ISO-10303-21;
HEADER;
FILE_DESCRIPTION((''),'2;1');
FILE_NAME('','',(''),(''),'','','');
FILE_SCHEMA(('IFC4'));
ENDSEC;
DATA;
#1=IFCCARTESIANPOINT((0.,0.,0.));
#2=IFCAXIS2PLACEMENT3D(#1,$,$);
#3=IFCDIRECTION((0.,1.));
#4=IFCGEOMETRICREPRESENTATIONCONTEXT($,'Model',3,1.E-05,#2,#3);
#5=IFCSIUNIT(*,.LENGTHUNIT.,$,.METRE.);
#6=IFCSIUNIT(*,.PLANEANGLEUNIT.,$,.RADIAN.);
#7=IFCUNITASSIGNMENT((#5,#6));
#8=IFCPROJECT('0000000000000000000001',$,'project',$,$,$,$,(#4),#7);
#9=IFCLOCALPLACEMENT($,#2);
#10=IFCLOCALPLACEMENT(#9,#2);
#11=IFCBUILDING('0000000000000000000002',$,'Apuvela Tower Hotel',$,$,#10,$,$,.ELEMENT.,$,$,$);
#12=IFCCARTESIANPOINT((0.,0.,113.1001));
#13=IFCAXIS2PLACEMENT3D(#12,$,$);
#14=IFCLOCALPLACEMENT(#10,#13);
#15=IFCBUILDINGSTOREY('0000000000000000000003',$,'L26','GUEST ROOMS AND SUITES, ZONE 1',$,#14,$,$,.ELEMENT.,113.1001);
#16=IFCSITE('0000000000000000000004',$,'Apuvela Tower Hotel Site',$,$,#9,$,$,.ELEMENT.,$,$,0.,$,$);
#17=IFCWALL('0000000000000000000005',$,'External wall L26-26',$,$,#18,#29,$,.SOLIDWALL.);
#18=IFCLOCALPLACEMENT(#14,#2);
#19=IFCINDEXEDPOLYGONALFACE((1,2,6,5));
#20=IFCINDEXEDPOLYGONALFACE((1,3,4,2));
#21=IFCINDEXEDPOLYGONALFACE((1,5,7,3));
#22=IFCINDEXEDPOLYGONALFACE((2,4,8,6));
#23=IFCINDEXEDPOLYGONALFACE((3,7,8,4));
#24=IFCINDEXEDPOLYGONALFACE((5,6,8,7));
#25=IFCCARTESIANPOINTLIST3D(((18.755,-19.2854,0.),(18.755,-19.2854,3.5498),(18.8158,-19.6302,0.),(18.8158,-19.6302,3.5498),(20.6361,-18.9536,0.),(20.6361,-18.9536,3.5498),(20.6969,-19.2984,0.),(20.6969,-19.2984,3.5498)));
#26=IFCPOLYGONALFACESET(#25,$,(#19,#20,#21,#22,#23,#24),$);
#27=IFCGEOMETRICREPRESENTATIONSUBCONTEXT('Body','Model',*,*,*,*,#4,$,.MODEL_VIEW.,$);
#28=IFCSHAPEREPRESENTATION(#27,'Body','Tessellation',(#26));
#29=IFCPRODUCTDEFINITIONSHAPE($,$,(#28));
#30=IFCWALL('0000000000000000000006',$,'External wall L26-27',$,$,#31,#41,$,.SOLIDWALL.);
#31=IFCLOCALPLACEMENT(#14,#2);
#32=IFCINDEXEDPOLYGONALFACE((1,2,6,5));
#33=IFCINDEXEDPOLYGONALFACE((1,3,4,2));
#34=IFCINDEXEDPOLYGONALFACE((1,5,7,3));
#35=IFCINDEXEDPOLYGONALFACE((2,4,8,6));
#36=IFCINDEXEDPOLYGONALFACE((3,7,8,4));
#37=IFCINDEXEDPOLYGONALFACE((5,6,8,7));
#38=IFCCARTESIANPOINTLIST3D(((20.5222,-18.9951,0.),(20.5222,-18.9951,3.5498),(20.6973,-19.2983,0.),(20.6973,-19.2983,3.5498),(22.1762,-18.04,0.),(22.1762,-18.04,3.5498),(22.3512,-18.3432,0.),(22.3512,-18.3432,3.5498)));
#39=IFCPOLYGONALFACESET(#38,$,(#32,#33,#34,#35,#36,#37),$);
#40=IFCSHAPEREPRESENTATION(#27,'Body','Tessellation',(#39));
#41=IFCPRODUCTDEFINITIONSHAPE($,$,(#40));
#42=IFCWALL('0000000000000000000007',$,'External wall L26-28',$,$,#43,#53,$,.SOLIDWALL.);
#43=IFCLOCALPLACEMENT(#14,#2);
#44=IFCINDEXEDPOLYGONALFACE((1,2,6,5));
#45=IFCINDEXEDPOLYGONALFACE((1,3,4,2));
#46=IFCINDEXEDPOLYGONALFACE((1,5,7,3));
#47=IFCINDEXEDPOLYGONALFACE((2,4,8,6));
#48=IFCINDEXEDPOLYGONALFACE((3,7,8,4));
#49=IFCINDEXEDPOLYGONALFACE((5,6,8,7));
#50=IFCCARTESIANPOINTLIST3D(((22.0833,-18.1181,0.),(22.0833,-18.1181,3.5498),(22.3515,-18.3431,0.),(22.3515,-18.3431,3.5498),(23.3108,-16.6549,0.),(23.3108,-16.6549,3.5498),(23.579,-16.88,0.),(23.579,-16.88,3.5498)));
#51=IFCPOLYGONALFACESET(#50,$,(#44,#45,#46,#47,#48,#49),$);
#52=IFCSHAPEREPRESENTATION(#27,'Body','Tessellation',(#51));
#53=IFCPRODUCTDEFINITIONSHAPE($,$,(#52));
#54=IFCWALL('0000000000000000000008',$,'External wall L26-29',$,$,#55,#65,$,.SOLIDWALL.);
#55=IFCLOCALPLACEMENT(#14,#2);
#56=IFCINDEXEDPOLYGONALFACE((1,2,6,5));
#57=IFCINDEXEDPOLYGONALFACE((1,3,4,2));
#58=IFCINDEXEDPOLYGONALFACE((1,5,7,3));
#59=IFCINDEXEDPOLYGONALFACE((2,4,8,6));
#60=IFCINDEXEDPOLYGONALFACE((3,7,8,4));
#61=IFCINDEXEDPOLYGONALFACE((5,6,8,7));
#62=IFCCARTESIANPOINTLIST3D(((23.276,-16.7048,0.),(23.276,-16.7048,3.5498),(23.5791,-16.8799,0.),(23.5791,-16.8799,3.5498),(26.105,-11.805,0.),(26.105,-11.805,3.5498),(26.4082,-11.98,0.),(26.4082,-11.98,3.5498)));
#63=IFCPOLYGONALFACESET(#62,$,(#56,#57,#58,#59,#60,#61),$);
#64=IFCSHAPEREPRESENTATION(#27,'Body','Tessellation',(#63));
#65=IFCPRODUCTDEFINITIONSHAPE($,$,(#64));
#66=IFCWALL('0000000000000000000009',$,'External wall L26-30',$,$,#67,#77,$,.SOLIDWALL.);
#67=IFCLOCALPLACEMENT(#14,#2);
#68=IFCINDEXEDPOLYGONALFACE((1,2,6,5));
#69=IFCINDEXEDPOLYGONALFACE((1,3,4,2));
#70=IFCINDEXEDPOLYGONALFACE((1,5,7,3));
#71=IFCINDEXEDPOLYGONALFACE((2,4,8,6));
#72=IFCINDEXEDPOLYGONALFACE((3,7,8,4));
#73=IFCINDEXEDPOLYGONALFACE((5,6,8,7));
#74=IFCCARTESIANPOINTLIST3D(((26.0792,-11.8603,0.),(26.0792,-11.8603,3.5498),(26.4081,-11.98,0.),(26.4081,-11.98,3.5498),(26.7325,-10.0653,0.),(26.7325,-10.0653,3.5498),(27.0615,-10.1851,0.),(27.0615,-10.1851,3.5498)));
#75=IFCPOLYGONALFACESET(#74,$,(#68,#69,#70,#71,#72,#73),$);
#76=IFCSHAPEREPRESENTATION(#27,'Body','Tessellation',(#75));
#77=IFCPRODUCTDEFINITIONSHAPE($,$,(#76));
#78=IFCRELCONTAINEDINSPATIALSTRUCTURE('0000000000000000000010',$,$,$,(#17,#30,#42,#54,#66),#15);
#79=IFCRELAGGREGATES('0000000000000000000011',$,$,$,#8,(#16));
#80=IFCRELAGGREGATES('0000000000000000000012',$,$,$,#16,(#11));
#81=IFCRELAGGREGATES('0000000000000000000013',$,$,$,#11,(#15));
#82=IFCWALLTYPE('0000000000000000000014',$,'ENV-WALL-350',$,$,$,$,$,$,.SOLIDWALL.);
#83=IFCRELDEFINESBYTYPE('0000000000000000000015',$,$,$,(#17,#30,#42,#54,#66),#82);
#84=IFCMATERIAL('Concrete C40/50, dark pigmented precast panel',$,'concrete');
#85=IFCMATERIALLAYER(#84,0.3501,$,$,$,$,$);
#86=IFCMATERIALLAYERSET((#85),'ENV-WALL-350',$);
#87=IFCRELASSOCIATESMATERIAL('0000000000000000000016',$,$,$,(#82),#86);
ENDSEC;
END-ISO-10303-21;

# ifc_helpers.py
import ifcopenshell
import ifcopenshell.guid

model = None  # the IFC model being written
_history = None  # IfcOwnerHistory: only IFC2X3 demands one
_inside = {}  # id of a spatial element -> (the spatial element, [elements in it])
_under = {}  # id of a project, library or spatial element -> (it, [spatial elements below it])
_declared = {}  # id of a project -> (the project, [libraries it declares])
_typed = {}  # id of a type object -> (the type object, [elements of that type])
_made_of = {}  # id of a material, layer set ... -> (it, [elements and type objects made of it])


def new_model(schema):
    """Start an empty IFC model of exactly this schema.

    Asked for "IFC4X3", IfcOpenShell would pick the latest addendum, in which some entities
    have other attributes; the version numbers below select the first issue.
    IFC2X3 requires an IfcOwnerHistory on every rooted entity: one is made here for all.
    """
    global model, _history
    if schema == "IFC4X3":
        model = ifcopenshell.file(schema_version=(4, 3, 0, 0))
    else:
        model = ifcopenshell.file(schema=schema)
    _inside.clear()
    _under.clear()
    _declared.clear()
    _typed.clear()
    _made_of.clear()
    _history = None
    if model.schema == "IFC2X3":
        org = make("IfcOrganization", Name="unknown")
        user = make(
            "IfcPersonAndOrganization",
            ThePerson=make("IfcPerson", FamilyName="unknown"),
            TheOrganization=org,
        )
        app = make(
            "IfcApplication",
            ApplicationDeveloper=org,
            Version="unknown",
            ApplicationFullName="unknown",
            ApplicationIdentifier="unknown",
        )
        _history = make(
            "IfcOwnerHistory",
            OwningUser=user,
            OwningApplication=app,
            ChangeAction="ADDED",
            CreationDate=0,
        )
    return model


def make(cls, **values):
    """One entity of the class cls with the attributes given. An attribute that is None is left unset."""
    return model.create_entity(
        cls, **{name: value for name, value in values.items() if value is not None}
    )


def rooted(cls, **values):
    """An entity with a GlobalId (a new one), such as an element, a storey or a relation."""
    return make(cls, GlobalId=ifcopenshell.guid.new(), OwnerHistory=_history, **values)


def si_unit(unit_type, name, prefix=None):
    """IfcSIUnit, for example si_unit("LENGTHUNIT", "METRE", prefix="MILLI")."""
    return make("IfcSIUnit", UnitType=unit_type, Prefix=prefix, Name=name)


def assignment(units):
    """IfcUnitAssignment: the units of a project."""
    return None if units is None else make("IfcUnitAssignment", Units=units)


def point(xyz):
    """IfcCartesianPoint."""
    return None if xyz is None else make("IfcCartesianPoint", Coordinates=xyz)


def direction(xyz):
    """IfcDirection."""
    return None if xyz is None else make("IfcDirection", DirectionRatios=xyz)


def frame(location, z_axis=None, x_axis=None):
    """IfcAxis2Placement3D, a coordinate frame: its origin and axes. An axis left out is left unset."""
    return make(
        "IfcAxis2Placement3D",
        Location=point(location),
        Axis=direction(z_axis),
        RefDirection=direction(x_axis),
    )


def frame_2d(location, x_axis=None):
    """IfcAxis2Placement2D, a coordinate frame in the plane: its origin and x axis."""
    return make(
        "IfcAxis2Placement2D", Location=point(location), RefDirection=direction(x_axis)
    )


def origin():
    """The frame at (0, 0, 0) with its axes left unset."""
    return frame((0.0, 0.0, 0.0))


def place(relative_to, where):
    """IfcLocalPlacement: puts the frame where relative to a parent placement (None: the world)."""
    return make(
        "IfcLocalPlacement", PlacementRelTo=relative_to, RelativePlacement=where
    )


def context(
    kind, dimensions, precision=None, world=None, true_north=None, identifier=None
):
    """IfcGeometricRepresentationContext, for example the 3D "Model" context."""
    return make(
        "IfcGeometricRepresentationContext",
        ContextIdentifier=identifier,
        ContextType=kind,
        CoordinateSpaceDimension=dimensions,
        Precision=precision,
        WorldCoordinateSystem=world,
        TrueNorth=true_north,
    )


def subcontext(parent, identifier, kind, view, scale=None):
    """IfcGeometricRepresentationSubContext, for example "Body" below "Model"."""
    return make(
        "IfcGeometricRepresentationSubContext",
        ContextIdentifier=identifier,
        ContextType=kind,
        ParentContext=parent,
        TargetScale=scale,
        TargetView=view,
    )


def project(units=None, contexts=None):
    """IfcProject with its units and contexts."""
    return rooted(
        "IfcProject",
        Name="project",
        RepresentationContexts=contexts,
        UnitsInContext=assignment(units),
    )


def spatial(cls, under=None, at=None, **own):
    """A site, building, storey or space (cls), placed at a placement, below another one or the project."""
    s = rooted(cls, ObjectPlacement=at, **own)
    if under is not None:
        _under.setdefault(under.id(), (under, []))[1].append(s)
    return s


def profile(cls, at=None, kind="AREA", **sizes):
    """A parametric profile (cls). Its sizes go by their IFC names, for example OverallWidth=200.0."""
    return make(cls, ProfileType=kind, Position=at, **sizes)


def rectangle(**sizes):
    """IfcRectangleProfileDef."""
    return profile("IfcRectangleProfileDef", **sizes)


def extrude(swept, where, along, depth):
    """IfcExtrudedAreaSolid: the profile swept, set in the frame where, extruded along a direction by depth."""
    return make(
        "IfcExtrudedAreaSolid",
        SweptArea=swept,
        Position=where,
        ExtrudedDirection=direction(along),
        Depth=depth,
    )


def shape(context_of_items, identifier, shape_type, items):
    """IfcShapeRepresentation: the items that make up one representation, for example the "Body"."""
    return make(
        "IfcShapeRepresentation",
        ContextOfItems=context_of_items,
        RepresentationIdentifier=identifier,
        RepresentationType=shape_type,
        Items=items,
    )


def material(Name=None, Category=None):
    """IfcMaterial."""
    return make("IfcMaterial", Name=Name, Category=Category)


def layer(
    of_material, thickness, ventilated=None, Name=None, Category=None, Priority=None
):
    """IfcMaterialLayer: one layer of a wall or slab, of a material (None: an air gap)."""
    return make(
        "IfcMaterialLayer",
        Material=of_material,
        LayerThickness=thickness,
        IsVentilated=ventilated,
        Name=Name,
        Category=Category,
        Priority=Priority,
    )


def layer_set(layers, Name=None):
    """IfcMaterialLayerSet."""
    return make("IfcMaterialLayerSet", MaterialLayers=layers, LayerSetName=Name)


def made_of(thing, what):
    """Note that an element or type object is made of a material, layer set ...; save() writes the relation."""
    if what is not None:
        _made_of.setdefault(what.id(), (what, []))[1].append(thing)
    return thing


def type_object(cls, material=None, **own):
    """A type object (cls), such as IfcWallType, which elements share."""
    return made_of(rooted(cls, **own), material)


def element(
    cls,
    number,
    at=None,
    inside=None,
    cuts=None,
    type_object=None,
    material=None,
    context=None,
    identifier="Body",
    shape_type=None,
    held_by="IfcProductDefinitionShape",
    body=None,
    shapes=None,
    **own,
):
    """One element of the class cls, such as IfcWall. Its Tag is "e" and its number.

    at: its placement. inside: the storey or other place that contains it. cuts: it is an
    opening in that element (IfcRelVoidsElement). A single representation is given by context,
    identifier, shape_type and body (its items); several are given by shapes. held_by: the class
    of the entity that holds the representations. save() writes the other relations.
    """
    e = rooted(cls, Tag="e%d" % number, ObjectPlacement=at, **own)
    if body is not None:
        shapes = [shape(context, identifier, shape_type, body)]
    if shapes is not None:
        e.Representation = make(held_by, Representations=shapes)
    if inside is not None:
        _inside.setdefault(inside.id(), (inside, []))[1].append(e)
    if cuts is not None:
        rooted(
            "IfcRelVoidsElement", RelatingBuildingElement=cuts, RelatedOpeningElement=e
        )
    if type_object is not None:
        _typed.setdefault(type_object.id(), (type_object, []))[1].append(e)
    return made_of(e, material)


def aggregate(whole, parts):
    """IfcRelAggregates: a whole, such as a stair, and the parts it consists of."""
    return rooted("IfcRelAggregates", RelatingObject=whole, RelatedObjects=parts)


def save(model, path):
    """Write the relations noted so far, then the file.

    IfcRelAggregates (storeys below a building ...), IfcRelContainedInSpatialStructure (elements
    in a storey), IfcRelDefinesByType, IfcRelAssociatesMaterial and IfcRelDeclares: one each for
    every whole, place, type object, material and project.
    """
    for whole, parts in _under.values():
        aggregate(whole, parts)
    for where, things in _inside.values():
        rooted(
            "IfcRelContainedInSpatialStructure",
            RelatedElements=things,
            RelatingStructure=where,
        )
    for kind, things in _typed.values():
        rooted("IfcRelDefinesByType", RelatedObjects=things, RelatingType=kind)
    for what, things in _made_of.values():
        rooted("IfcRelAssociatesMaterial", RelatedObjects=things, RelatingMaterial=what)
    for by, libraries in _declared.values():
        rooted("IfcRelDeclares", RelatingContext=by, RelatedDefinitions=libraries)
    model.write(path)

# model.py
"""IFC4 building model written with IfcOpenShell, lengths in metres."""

from ifc_helpers import new_model, si_unit, direction, frame, frame_2d, origin, place, context, subcontext, project, spatial, rectangle, extrude, material, layer, layer_set, type_object, element, save


model = new_model("IFC4")

# Units and contexts
model_context = context("Model", 3, precision=1e-05, world=origin(), true_north=direction((0.0, 1.0)))
body_context = subcontext(model_context, "Body", "Model", "MODEL_VIEW")
ifc_project = project(units=[si_unit("LENGTHUNIT", "METRE"), si_unit("PLANEANGLEUNIT", "RADIAN")], contexts=[model_context])

# Site, building, storey
site_placement = place(None, origin())
site = spatial("IfcSite", under=ifc_project, at=site_placement, Name="Apuvela Tower Hotel Site", CompositionType="ELEMENT", RefElevation=0.0)
building_placement = place(site_placement, origin())
building = spatial("IfcBuilding", under=site, at=building_placement, Name="Apuvela Tower Hotel", CompositionType="ELEMENT")
storey_placement = place(building_placement, frame((0.0, 0.0, 113.1001)))
storey = spatial("IfcBuildingStorey", under=building, at=storey_placement, Name="L26", Description="GUEST ROOMS AND SUITES, ZONE 1", CompositionType="ELEMENT", Elevation=113.1001)

# Shared definitions
ifc_material_1 = material(Name="Concrete C40/50, dark pigmented precast panel", Category="concrete")
ifc_layer_1 = layer(ifc_material_1, 0.3501)
ifc_layer_set_1 = layer_set([ifc_layer_1], Name="ENV-WALL-350")
wall_type_1 = type_object("IfcWallType", Name="ENV-WALL-350", PredefinedType="SOLIDWALL", material=ifc_layer_set_1)

# Walls
wall_1_placement = place(storey_placement, frame((18.7854, -19.4578, 0.0), z_axis=(0.0, 0.0, 1.0), x_axis=(0.984799, 0.173698, 0.0)))
element("IfcWall", 1, at=wall_1_placement, inside=storey, type_object=wall_type_1, Name="External wall L26-26", PredefinedType="SOLIDWALL", context=body_context, shape_type="SweptSolid", body=[
    extrude(rectangle(XDim=1.9102, YDim=0.3501, at=frame_2d((0.9551, 0.0))), origin(), (0.0, 0.0, 1.0), 3.5498),
])
for number, where, z_axis, x_axis, name in (
    (2, (20.6096, -19.1467, 0.0), (0.0, 0.0, 1.0), (0.866, 0.500043, 0.0), "External wall L26-27"),
    (3, (22.2173, -18.2307, 0.0), (0.0, 0.0, 1.0), (0.642733, 0.76609, 0.0), "External wall L26-28"),
):
    element("IfcWall", number, at=place(storey_placement, frame(where, z_axis=z_axis, x_axis=x_axis)), inside=storey, type_object=wall_type_1, Name=name, PredefinedType="SOLIDWALL", context=body_context, shape_type="SweptSolid", body=[
        extrude(rectangle(XDim=1.9099, YDim=0.3501, at=frame_2d((0.9551, 0.0))), origin(), (0.0, 0.0, 1.0), 3.5498),
    ])
wall_2_placement = place(storey_placement, frame((23.4275, -16.7925, 0.0), z_axis=(0.0, 0.0, 1.0), x_axis=(0.500019, 0.866015, 0.0)))
element("IfcWall", 4, at=wall_2_placement, inside=storey, type_object=wall_type_1, Name="External wall L26-29", PredefinedType="SOLIDWALL", context=body_context, shape_type="SweptSolid", body=[
    extrude(rectangle(XDim=5.658, YDim=0.3501, at=frame_2d((2.8291, 0.0))), origin(), (0.0, 0.0, 1.0), 3.5498),
])
wall_3_placement = place(storey_placement, frame((26.2437, -11.9202, 0.0), z_axis=(0.0, 0.0, 1.0), x_axis=(0.34203, 0.939689, 0.0)))
element("IfcWall", 5, at=wall_3_placement, inside=storey, type_object=wall_type_1, Name="External wall L26-30", PredefinedType="SOLIDWALL", context=body_context, shape_type="SweptSolid", body=[
    extrude(rectangle(XDim=1.9102, YDim=0.3501, at=frame_2d((0.9551, 0.0))), origin(), (0.0, 0.0, 1.0), 3.5498),
])

save(model, "model.ifc")
